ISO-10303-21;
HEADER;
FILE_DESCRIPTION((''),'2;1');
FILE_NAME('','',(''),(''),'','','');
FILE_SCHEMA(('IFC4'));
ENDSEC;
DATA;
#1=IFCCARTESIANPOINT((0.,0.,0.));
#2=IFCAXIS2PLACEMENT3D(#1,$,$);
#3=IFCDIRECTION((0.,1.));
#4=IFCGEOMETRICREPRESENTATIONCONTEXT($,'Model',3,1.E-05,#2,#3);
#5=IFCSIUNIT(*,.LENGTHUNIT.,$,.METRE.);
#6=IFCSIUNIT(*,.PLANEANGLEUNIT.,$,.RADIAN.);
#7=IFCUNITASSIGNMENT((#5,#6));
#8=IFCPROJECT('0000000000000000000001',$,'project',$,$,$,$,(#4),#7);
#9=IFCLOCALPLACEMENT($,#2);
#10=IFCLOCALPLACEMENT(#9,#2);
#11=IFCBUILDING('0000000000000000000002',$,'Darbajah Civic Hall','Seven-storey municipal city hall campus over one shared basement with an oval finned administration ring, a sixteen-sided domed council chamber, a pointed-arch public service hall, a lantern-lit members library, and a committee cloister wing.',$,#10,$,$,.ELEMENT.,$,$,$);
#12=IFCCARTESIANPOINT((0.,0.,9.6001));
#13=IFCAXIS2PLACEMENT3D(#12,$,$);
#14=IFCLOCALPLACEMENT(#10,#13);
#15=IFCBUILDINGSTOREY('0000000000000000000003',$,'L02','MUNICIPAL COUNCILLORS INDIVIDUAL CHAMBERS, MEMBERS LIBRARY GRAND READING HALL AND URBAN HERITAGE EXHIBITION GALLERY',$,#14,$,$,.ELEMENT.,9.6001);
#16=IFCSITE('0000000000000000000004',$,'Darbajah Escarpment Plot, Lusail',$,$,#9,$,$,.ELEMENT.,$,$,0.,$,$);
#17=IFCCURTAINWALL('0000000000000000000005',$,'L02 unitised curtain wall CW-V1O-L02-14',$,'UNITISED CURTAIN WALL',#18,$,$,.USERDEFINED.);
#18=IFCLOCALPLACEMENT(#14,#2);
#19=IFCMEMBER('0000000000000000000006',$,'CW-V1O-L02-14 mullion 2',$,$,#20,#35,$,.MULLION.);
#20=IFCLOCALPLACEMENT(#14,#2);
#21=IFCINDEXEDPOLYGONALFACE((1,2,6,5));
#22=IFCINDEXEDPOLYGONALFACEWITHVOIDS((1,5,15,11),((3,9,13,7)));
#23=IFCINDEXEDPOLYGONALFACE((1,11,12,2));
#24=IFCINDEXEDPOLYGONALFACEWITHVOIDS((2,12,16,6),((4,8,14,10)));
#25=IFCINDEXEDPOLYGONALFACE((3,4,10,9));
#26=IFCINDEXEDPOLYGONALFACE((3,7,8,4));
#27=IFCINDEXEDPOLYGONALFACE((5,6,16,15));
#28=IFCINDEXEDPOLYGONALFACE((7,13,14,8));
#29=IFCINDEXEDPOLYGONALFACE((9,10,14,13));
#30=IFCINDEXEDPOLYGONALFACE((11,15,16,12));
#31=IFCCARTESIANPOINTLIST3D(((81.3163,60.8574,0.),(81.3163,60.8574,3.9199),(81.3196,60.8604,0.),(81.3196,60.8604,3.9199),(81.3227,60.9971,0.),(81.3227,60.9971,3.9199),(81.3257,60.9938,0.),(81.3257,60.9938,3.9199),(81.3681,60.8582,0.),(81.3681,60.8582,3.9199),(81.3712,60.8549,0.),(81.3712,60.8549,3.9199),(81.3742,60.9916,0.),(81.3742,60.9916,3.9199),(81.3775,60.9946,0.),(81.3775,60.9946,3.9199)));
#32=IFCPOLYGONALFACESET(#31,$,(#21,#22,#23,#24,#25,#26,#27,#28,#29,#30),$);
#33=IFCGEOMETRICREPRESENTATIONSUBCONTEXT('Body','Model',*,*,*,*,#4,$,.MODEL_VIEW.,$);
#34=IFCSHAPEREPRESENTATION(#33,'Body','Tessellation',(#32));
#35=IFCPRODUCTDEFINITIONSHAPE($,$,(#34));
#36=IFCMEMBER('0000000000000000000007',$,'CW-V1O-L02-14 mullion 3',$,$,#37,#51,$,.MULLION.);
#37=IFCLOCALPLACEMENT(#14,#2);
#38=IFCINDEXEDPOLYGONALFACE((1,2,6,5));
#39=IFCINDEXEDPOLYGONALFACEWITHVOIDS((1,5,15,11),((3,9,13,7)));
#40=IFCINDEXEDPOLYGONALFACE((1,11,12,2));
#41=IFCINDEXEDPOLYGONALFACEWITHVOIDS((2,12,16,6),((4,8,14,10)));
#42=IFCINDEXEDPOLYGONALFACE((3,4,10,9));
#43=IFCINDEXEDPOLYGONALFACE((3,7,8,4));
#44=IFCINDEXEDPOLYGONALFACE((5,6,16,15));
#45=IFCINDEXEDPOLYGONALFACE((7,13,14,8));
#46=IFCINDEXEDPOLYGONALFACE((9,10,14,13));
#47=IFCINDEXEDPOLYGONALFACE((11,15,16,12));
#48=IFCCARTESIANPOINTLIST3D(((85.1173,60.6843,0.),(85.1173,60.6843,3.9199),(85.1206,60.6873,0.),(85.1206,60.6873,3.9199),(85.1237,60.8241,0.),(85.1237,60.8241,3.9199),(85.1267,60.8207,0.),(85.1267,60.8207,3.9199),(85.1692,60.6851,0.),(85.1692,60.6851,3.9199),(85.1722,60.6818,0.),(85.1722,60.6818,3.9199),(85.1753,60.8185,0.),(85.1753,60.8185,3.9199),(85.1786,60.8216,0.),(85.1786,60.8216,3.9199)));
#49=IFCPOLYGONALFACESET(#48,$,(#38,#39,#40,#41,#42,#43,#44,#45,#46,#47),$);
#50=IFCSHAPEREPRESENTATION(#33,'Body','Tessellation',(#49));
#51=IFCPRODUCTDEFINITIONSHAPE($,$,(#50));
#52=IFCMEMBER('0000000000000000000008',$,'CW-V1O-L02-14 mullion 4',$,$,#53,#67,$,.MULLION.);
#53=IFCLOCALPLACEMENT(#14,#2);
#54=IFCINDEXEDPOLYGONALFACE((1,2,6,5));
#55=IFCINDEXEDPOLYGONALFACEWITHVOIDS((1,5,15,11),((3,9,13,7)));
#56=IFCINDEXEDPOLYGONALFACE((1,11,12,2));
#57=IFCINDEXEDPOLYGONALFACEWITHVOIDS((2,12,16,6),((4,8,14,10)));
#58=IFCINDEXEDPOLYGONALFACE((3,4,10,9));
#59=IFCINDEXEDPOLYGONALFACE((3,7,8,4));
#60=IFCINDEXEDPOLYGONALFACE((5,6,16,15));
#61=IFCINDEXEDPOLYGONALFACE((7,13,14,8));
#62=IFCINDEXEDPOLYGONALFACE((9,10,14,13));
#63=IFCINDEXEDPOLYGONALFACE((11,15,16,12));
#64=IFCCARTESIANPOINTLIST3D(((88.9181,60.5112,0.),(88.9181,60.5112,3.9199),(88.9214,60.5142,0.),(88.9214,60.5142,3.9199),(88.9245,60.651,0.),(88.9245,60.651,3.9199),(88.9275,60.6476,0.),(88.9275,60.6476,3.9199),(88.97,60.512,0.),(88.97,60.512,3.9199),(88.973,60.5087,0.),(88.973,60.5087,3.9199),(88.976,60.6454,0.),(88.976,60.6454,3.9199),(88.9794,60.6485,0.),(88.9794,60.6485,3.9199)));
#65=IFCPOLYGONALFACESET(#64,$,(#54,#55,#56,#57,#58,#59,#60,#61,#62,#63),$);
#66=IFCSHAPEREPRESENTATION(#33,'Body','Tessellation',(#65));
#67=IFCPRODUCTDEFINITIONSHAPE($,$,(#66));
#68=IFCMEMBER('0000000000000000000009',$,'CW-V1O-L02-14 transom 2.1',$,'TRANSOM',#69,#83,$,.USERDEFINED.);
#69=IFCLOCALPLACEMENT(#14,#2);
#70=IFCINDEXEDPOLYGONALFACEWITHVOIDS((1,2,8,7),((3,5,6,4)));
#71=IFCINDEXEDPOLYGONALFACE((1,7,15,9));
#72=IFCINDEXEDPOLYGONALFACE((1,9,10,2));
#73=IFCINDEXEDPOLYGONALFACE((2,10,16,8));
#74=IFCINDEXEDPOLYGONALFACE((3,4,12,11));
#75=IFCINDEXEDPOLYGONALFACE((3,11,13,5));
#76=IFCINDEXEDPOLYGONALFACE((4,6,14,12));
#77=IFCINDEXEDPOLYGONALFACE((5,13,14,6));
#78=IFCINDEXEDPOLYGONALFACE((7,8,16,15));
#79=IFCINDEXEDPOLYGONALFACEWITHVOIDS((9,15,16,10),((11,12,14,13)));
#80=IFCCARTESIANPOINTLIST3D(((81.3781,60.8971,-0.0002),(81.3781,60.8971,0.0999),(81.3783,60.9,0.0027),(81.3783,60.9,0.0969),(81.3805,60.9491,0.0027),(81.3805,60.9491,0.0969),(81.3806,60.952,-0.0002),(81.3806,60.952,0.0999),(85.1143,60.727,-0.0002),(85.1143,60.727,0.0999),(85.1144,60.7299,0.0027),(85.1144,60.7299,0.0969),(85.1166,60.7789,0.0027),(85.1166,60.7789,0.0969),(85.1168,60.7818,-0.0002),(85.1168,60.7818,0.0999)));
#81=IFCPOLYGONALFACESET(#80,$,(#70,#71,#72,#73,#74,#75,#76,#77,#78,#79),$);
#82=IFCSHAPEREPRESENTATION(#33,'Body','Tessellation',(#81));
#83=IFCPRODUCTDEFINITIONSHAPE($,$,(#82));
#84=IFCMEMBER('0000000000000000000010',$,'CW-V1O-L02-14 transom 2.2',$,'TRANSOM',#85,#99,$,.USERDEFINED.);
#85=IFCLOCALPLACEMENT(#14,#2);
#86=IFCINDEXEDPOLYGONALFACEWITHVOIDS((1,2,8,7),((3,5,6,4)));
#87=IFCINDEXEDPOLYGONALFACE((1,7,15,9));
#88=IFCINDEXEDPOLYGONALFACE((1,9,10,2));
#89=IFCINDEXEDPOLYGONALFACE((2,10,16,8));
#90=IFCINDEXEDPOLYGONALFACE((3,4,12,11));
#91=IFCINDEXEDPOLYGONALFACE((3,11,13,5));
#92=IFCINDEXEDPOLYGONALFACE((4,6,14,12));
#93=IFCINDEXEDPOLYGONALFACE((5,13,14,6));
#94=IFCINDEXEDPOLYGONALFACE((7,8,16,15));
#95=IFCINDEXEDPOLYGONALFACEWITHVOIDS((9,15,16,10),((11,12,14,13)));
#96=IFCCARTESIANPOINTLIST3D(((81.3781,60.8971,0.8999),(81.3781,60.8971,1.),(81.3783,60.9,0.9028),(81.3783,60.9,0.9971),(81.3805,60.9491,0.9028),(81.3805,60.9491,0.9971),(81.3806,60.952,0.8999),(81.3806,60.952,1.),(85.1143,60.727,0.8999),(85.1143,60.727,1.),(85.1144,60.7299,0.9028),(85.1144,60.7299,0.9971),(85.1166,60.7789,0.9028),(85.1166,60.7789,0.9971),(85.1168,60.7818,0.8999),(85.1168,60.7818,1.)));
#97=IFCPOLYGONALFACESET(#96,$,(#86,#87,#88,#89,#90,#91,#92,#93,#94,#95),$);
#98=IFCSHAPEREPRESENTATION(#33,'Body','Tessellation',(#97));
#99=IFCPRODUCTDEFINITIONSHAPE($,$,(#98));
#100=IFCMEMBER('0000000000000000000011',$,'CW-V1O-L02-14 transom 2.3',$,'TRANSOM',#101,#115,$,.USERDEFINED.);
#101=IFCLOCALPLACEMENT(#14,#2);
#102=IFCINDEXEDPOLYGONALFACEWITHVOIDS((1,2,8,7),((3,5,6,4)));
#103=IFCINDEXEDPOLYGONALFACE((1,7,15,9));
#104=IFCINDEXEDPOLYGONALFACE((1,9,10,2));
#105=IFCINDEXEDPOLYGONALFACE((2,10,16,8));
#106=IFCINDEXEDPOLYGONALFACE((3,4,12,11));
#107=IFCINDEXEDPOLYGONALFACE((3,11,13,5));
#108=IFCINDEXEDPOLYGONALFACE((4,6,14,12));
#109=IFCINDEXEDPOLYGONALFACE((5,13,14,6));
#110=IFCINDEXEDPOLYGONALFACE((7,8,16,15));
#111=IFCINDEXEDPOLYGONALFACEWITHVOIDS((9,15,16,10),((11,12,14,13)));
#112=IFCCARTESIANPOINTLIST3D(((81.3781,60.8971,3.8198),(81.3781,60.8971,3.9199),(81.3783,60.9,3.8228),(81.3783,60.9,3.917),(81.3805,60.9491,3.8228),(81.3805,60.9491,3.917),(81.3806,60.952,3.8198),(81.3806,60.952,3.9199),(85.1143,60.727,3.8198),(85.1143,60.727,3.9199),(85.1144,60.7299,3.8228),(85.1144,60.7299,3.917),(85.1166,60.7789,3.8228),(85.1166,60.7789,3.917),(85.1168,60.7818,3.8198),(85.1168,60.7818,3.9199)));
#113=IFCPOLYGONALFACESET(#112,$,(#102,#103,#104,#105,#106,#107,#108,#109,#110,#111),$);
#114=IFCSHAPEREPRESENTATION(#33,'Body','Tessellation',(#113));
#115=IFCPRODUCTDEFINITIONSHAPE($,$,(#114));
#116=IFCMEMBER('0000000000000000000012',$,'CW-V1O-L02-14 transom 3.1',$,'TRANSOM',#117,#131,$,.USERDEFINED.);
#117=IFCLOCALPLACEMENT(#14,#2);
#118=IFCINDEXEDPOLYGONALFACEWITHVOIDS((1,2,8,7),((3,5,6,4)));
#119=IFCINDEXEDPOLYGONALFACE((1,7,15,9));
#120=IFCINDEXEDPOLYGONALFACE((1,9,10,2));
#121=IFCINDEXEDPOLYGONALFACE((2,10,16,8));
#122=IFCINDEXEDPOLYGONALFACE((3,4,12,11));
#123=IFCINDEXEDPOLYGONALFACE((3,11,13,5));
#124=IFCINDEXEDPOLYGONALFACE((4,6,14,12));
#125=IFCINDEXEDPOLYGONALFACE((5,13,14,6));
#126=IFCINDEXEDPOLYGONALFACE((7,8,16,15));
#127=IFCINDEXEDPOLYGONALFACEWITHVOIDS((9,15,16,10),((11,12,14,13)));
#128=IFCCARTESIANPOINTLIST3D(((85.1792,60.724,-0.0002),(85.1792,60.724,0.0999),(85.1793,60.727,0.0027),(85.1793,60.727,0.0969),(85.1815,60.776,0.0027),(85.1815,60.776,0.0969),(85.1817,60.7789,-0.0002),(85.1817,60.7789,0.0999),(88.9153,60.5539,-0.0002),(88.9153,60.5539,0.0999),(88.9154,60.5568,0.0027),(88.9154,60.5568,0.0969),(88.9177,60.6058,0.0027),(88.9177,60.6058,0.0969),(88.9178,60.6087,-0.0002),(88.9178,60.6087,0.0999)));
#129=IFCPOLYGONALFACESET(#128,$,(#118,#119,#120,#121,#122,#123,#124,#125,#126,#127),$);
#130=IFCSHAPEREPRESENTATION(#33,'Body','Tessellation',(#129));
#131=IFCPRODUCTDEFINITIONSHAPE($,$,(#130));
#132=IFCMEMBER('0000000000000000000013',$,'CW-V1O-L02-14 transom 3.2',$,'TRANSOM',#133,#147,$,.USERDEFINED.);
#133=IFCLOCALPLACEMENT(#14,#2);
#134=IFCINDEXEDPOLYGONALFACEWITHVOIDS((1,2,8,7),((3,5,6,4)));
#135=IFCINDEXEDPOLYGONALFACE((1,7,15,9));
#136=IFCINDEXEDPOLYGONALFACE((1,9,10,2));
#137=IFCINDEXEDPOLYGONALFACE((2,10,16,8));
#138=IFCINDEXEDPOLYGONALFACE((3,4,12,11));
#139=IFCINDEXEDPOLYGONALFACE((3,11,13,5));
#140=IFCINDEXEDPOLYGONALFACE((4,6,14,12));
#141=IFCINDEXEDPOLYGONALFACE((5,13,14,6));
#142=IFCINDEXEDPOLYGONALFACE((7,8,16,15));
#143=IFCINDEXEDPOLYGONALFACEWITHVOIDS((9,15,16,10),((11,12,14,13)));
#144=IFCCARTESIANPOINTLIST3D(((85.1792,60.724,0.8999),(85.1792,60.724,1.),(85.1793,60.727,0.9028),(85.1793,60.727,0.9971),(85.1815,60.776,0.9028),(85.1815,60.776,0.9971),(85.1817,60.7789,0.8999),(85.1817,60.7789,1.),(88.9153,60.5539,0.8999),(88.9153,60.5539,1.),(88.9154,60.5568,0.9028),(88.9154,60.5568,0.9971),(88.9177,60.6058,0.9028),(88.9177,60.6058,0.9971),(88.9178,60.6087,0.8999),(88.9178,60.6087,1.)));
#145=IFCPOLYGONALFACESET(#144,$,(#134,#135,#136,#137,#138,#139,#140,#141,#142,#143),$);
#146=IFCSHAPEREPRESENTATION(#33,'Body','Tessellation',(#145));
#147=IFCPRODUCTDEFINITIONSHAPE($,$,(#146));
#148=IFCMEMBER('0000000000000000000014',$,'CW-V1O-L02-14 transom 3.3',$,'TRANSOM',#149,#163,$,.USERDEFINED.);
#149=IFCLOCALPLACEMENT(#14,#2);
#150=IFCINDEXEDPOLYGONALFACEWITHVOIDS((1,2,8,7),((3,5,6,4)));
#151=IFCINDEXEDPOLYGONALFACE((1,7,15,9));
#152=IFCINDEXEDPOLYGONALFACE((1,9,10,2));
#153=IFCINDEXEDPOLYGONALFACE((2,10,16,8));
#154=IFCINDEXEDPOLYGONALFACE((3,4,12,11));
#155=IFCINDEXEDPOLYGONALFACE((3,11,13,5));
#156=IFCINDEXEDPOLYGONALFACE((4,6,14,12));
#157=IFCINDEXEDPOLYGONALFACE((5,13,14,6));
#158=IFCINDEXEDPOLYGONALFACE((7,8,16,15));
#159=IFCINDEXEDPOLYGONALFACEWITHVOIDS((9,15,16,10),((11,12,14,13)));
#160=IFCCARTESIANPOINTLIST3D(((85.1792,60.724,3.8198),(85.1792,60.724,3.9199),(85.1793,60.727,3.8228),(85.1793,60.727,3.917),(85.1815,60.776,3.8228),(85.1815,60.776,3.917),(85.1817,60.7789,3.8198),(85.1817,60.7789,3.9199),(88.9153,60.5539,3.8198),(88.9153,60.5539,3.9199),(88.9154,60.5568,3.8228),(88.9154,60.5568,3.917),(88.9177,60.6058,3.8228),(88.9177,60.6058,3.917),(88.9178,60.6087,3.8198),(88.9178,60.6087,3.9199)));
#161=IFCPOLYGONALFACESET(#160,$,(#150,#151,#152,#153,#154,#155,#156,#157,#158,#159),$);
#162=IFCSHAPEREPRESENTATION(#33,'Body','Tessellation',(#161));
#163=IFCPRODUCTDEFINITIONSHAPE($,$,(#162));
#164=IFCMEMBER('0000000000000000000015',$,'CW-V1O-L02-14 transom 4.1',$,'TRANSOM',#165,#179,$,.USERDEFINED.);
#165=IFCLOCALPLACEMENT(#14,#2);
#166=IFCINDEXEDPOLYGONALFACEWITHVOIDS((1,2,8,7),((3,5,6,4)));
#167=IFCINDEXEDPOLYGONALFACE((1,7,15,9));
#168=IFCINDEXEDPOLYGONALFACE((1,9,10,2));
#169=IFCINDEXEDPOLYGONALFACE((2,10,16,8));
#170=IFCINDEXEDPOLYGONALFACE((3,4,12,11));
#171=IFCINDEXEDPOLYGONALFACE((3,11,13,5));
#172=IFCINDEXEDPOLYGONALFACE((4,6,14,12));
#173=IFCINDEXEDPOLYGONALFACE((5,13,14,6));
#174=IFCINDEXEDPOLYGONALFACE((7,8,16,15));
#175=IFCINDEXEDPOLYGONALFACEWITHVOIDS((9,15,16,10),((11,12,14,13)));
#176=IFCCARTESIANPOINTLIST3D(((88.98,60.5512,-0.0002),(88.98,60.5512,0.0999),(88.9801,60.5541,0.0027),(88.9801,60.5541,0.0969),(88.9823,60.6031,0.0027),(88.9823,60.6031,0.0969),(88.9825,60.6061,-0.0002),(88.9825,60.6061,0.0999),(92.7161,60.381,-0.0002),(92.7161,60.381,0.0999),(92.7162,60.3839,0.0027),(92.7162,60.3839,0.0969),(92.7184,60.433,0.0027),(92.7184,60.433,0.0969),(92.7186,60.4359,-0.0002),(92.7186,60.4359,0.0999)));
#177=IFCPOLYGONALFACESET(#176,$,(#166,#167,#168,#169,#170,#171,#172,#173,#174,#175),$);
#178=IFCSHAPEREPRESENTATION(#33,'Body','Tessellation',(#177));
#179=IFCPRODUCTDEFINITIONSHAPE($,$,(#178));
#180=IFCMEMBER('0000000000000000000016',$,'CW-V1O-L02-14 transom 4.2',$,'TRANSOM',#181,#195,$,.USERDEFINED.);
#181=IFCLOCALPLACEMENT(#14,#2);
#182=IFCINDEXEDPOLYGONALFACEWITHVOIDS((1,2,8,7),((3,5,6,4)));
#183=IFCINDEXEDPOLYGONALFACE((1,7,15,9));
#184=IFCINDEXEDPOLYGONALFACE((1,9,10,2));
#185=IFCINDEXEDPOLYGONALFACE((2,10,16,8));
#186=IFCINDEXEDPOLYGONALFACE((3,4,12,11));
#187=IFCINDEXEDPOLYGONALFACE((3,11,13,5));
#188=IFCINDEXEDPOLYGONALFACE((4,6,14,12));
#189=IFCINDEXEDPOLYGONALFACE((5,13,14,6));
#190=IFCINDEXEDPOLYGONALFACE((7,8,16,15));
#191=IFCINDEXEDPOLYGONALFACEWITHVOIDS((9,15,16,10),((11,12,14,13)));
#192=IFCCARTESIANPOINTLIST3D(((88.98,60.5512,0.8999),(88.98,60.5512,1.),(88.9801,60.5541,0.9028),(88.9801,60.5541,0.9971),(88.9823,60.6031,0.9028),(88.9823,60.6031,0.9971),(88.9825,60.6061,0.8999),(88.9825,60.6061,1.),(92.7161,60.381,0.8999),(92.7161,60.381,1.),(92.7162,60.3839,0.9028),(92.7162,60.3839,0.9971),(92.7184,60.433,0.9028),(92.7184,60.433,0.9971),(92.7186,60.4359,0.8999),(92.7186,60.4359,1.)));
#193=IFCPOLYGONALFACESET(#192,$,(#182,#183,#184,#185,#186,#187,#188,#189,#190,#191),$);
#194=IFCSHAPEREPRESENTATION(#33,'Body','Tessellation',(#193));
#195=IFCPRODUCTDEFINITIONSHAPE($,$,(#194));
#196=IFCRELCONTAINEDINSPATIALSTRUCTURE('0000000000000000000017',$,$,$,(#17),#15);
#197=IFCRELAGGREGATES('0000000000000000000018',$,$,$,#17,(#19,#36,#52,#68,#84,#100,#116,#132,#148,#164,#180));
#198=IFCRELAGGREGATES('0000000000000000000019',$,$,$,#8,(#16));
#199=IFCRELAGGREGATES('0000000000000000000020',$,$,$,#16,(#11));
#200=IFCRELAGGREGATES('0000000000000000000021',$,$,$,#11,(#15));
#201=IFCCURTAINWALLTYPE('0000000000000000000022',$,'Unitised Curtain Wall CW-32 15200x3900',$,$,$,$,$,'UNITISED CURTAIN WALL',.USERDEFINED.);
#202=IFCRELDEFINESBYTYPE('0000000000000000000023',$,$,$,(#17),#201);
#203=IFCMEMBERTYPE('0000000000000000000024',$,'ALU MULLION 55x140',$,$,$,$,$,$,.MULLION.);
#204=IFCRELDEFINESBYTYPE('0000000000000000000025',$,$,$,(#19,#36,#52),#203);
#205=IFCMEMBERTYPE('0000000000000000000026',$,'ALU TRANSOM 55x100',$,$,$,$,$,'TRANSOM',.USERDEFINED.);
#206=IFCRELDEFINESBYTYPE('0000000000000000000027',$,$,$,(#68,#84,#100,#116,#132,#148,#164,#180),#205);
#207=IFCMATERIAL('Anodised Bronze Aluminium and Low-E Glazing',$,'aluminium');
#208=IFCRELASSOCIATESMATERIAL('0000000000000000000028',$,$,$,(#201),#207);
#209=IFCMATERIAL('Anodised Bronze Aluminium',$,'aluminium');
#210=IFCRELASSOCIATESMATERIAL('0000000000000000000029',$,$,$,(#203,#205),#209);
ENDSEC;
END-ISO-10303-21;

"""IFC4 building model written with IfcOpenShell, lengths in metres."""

from ifc_helpers import new_model, si_unit, direction, frame, origin, origin_2d, place, context, subcontext, project, spatial, hollow_rectangle, extrude, material, material_profile, profile_set, type_object, element, aggregate, save


model = new_model("IFC4")

# Units and contexts
model_context = context("Model", 3, precision=1e-05, world=origin(), true_north=direction((0.0, 1.0)))
body_context = subcontext(model_context, "Body", "Model", "MODEL_VIEW")
ifc_project = project(units=[si_unit("LENGTHUNIT", "METRE"), si_unit("PLANEANGLEUNIT", "RADIAN")], contexts=[model_context])

# Site, building, storey
site_placement = place(None, origin())
site = spatial("IfcSite", under=ifc_project, at=site_placement, Name="Darbajah Escarpment Plot, Lusail", CompositionType="ELEMENT", RefElevation=0.0)
building_placement = place(site_placement, origin())
building = spatial("IfcBuilding", under=site, at=building_placement, Name="Darbajah Civic Hall", Description="Seven-storey municipal city hall campus over one shared basement with an oval finned administration ring, a sixteen-sided domed council chamber, a pointed-arch public service hall, a lantern-lit members library, and a committee cloister wing.", CompositionType="ELEMENT")
storey_placement = place(building_placement, frame((0.0, 0.0, 9.6001)))
storey = spatial("IfcBuildingStorey", under=building, at=storey_placement, Name="L02", Description="MUNICIPAL COUNCILLORS INDIVIDUAL CHAMBERS, MEMBERS LIBRARY GRAND READING HALL AND URBAN HERITAGE EXHIBITION GALLERY", CompositionType="ELEMENT", Elevation=9.6001)

# Curtain wall, members
ifc_material_1 = material(Name="Anodised Bronze Aluminium and Low-E Glazing", Category="aluminium")
curtain_wall_type = type_object("IfcCurtainWallType", Name="Unitised Curtain Wall CW-32 15200x3900", ElementType="UNITISED CURTAIN WALL", PredefinedType="USERDEFINED", material=ifc_material_1)
curtain_wall_placement = place(storey_placement, origin())
curtain_wall = element("IfcCurtainWall", 1, at=curtain_wall_placement, inside=storey, type_object=curtain_wall_type, Name="L02 unitised curtain wall CW-V1O-L02-14", ObjectType="UNITISED CURTAIN WALL", PredefinedType="USERDEFINED")
ifc_material_2 = material(Name="Anodised Bronze Aluminium", Category="aluminium")
ifc_material_profile_1 = material_profile(ifc_material_2, hollow_rectangle(XDim=0.0549, YDim=0.1399, WallThickness=0.0032, at=origin_2d()), Name="ALU MULLION 55x140")
ifc_profile_set_1 = profile_set([ifc_material_profile_1], Name="Anodised Bronze Aluminium")
member_type_1 = type_object("IfcMemberType", Name="ALU MULLION 55x140", PredefinedType="MULLION", material=ifc_profile_set_1)
member_1_placement = place(storey_placement, frame((81.3469, 60.926, 0.0), z_axis=(0.0, 0.0, 1.0), x_axis=(0.998963, -0.045537, 0.0)))
member_1 = element("IfcMember", 2, at=member_1_placement, type_object=member_type_1, Name="CW-V1O-L02-14 mullion 2", PredefinedType="MULLION", context=body_context, shape_type="SweptSolid", body=[
    extrude(hollow_rectangle(XDim=0.0549, YDim=0.1399, WallThickness=0.0032, at=origin_2d()), origin(), (0.0, 0.0, 1.0), 3.9199),
])
member_2_placement = place(storey_placement, frame((85.1479, 60.7529, 0.0), z_axis=(0.0, 0.0, 1.0), x_axis=(0.998963, -0.045537, 0.0)))
member_2 = element("IfcMember", 3, at=member_2_placement, type_object=member_type_1, Name="CW-V1O-L02-14 mullion 3", PredefinedType="MULLION", context=body_context, shape_type="SweptSolid", body=[
    extrude(hollow_rectangle(XDim=0.0549, YDim=0.1399, WallThickness=0.0032, at=origin_2d()), origin(), (0.0, 0.0, 1.0), 3.9199),
])
member_3_placement = place(storey_placement, frame((88.9487, 60.5798, 0.0), z_axis=(0.0, 0.0, 1.0), x_axis=(0.998963, -0.045537, 0.0)))
member_3 = element("IfcMember", 4, at=member_3_placement, type_object=member_type_1, Name="CW-V1O-L02-14 mullion 4", PredefinedType="MULLION", context=body_context, shape_type="SweptSolid", body=[
    extrude(hollow_rectangle(XDim=0.0549, YDim=0.1399, WallThickness=0.0032, at=origin_2d()), origin(), (0.0, 0.0, 1.0), 3.9199),
])
ifc_material_profile_2 = material_profile(ifc_material_2, hollow_rectangle(XDim=0.0549, YDim=0.1001, WallThickness=0.0029, at=origin_2d()), Name="ALU TRANSOM 55x100")
ifc_profile_set_2 = profile_set([ifc_material_profile_2], Name="Anodised Bronze Aluminium")
member_type_2 = type_object("IfcMemberType", Name="ALU TRANSOM 55x100", ElementType="TRANSOM", PredefinedType="USERDEFINED", material=ifc_profile_set_2)
member_4_placement = place(storey_placement, frame((81.3794, 60.9246, 0.0498), z_axis=(0.998964, -0.045499, 0.0), x_axis=(0.045499, 0.998964, 0.0)))
member_4 = element("IfcMember", 5, at=member_4_placement, type_object=member_type_2, Name="CW-V1O-L02-14 transom 2.1", ObjectType="TRANSOM", PredefinedType="USERDEFINED", context=body_context, shape_type="SweptSolid", body=[
    extrude(hollow_rectangle(XDim=0.0549, YDim=0.1001, WallThickness=0.0029, at=origin_2d()), origin(), (0.0, 0.0, 1.0), 3.74),
])
member_5_placement = place(storey_placement, frame((81.3794, 60.9246, 0.95), z_axis=(0.998964, -0.045499, 0.0), x_axis=(0.045499, 0.998964, 0.0)))
member_5 = element("IfcMember", 6, at=member_5_placement, type_object=member_type_2, Name="CW-V1O-L02-14 transom 2.2", ObjectType="TRANSOM", PredefinedType="USERDEFINED", context=body_context, shape_type="SweptSolid", body=[
    extrude(hollow_rectangle(XDim=0.0549, YDim=0.1001, WallThickness=0.0029, at=origin_2d()), origin(), (0.0, 0.0, 1.0), 3.74),
])
member_6_placement = place(storey_placement, frame((81.3794, 60.9246, 3.8699), z_axis=(0.998964, -0.045499, 0.0), x_axis=(0.045499, 0.998964, 0.0)))
member_6 = element("IfcMember", 7, at=member_6_placement, type_object=member_type_2, Name="CW-V1O-L02-14 transom 2.3", ObjectType="TRANSOM", PredefinedType="USERDEFINED", context=body_context, shape_type="SweptSolid", body=[
    extrude(hollow_rectangle(XDim=0.0549, YDim=0.1001, WallThickness=0.0029, at=origin_2d()), origin(), (0.0, 0.0, 1.0), 3.74),
])
member_7_placement = place(storey_placement, frame((85.1804, 60.7515, 0.0498), z_axis=(0.998964, -0.045499, 0.0), x_axis=(0.045499, 0.998964, 0.0)))
member_7 = element("IfcMember", 8, at=member_7_placement, type_object=member_type_2, Name="CW-V1O-L02-14 transom 3.1", ObjectType="TRANSOM", PredefinedType="USERDEFINED", context=body_context, shape_type="SweptSolid", body=[
    extrude(hollow_rectangle(XDim=0.0549, YDim=0.1001, WallThickness=0.0029, at=origin_2d()), origin(), (0.0, 0.0, 1.0), 3.74),
])
member_8_placement = place(storey_placement, frame((85.1804, 60.7515, 0.95), z_axis=(0.998964, -0.045499, 0.0), x_axis=(0.045499, 0.998964, 0.0)))
member_8 = element("IfcMember", 9, at=member_8_placement, type_object=member_type_2, Name="CW-V1O-L02-14 transom 3.2", ObjectType="TRANSOM", PredefinedType="USERDEFINED", context=body_context, shape_type="SweptSolid", body=[
    extrude(hollow_rectangle(XDim=0.0549, YDim=0.1001, WallThickness=0.0029, at=origin_2d()), origin(), (0.0, 0.0, 1.0), 3.74),
])
member_9_placement = place(storey_placement, frame((85.1804, 60.7515, 3.8699), z_axis=(0.998964, -0.045499, 0.0), x_axis=(0.045499, 0.998964, 0.0)))
member_9 = element("IfcMember", 10, at=member_9_placement, type_object=member_type_2, Name="CW-V1O-L02-14 transom 3.3", ObjectType="TRANSOM", PredefinedType="USERDEFINED", context=body_context, shape_type="SweptSolid", body=[
    extrude(hollow_rectangle(XDim=0.0549, YDim=0.1001, WallThickness=0.0029, at=origin_2d()), origin(), (0.0, 0.0, 1.0), 3.74),
])
member_10_placement = place(storey_placement, frame((88.9812, 60.5786, 0.0498), z_axis=(0.998964, -0.045499, 0.0), x_axis=(0.045499, 0.998964, 0.0)))
member_10 = element("IfcMember", 11, at=member_10_placement, type_object=member_type_2, Name="CW-V1O-L02-14 transom 4.1", ObjectType="TRANSOM", PredefinedType="USERDEFINED", context=body_context, shape_type="SweptSolid", body=[
    extrude(hollow_rectangle(XDim=0.0549, YDim=0.1001, WallThickness=0.0029, at=origin_2d()), origin(), (0.0, 0.0, 1.0), 3.74),
])
member_11_placement = place(storey_placement, frame((88.9812, 60.5786, 0.95), z_axis=(0.998964, -0.045499, 0.0), x_axis=(0.045499, 0.998964, 0.0)))
member_11 = element("IfcMember", 12, at=member_11_placement, type_object=member_type_2, Name="CW-V1O-L02-14 transom 4.2", ObjectType="TRANSOM", PredefinedType="USERDEFINED", context=body_context, shape_type="SweptSolid", body=[
    extrude(hollow_rectangle(XDim=0.0549, YDim=0.1001, WallThickness=0.0029, at=origin_2d()), origin(), (0.0, 0.0, 1.0), 3.74),
])

aggregate(curtain_wall, [member_1, member_2, member_3, member_4, member_5, member_6, member_7, member_8, member_9, member_10, member_11])

save(model, "model.ifc")
